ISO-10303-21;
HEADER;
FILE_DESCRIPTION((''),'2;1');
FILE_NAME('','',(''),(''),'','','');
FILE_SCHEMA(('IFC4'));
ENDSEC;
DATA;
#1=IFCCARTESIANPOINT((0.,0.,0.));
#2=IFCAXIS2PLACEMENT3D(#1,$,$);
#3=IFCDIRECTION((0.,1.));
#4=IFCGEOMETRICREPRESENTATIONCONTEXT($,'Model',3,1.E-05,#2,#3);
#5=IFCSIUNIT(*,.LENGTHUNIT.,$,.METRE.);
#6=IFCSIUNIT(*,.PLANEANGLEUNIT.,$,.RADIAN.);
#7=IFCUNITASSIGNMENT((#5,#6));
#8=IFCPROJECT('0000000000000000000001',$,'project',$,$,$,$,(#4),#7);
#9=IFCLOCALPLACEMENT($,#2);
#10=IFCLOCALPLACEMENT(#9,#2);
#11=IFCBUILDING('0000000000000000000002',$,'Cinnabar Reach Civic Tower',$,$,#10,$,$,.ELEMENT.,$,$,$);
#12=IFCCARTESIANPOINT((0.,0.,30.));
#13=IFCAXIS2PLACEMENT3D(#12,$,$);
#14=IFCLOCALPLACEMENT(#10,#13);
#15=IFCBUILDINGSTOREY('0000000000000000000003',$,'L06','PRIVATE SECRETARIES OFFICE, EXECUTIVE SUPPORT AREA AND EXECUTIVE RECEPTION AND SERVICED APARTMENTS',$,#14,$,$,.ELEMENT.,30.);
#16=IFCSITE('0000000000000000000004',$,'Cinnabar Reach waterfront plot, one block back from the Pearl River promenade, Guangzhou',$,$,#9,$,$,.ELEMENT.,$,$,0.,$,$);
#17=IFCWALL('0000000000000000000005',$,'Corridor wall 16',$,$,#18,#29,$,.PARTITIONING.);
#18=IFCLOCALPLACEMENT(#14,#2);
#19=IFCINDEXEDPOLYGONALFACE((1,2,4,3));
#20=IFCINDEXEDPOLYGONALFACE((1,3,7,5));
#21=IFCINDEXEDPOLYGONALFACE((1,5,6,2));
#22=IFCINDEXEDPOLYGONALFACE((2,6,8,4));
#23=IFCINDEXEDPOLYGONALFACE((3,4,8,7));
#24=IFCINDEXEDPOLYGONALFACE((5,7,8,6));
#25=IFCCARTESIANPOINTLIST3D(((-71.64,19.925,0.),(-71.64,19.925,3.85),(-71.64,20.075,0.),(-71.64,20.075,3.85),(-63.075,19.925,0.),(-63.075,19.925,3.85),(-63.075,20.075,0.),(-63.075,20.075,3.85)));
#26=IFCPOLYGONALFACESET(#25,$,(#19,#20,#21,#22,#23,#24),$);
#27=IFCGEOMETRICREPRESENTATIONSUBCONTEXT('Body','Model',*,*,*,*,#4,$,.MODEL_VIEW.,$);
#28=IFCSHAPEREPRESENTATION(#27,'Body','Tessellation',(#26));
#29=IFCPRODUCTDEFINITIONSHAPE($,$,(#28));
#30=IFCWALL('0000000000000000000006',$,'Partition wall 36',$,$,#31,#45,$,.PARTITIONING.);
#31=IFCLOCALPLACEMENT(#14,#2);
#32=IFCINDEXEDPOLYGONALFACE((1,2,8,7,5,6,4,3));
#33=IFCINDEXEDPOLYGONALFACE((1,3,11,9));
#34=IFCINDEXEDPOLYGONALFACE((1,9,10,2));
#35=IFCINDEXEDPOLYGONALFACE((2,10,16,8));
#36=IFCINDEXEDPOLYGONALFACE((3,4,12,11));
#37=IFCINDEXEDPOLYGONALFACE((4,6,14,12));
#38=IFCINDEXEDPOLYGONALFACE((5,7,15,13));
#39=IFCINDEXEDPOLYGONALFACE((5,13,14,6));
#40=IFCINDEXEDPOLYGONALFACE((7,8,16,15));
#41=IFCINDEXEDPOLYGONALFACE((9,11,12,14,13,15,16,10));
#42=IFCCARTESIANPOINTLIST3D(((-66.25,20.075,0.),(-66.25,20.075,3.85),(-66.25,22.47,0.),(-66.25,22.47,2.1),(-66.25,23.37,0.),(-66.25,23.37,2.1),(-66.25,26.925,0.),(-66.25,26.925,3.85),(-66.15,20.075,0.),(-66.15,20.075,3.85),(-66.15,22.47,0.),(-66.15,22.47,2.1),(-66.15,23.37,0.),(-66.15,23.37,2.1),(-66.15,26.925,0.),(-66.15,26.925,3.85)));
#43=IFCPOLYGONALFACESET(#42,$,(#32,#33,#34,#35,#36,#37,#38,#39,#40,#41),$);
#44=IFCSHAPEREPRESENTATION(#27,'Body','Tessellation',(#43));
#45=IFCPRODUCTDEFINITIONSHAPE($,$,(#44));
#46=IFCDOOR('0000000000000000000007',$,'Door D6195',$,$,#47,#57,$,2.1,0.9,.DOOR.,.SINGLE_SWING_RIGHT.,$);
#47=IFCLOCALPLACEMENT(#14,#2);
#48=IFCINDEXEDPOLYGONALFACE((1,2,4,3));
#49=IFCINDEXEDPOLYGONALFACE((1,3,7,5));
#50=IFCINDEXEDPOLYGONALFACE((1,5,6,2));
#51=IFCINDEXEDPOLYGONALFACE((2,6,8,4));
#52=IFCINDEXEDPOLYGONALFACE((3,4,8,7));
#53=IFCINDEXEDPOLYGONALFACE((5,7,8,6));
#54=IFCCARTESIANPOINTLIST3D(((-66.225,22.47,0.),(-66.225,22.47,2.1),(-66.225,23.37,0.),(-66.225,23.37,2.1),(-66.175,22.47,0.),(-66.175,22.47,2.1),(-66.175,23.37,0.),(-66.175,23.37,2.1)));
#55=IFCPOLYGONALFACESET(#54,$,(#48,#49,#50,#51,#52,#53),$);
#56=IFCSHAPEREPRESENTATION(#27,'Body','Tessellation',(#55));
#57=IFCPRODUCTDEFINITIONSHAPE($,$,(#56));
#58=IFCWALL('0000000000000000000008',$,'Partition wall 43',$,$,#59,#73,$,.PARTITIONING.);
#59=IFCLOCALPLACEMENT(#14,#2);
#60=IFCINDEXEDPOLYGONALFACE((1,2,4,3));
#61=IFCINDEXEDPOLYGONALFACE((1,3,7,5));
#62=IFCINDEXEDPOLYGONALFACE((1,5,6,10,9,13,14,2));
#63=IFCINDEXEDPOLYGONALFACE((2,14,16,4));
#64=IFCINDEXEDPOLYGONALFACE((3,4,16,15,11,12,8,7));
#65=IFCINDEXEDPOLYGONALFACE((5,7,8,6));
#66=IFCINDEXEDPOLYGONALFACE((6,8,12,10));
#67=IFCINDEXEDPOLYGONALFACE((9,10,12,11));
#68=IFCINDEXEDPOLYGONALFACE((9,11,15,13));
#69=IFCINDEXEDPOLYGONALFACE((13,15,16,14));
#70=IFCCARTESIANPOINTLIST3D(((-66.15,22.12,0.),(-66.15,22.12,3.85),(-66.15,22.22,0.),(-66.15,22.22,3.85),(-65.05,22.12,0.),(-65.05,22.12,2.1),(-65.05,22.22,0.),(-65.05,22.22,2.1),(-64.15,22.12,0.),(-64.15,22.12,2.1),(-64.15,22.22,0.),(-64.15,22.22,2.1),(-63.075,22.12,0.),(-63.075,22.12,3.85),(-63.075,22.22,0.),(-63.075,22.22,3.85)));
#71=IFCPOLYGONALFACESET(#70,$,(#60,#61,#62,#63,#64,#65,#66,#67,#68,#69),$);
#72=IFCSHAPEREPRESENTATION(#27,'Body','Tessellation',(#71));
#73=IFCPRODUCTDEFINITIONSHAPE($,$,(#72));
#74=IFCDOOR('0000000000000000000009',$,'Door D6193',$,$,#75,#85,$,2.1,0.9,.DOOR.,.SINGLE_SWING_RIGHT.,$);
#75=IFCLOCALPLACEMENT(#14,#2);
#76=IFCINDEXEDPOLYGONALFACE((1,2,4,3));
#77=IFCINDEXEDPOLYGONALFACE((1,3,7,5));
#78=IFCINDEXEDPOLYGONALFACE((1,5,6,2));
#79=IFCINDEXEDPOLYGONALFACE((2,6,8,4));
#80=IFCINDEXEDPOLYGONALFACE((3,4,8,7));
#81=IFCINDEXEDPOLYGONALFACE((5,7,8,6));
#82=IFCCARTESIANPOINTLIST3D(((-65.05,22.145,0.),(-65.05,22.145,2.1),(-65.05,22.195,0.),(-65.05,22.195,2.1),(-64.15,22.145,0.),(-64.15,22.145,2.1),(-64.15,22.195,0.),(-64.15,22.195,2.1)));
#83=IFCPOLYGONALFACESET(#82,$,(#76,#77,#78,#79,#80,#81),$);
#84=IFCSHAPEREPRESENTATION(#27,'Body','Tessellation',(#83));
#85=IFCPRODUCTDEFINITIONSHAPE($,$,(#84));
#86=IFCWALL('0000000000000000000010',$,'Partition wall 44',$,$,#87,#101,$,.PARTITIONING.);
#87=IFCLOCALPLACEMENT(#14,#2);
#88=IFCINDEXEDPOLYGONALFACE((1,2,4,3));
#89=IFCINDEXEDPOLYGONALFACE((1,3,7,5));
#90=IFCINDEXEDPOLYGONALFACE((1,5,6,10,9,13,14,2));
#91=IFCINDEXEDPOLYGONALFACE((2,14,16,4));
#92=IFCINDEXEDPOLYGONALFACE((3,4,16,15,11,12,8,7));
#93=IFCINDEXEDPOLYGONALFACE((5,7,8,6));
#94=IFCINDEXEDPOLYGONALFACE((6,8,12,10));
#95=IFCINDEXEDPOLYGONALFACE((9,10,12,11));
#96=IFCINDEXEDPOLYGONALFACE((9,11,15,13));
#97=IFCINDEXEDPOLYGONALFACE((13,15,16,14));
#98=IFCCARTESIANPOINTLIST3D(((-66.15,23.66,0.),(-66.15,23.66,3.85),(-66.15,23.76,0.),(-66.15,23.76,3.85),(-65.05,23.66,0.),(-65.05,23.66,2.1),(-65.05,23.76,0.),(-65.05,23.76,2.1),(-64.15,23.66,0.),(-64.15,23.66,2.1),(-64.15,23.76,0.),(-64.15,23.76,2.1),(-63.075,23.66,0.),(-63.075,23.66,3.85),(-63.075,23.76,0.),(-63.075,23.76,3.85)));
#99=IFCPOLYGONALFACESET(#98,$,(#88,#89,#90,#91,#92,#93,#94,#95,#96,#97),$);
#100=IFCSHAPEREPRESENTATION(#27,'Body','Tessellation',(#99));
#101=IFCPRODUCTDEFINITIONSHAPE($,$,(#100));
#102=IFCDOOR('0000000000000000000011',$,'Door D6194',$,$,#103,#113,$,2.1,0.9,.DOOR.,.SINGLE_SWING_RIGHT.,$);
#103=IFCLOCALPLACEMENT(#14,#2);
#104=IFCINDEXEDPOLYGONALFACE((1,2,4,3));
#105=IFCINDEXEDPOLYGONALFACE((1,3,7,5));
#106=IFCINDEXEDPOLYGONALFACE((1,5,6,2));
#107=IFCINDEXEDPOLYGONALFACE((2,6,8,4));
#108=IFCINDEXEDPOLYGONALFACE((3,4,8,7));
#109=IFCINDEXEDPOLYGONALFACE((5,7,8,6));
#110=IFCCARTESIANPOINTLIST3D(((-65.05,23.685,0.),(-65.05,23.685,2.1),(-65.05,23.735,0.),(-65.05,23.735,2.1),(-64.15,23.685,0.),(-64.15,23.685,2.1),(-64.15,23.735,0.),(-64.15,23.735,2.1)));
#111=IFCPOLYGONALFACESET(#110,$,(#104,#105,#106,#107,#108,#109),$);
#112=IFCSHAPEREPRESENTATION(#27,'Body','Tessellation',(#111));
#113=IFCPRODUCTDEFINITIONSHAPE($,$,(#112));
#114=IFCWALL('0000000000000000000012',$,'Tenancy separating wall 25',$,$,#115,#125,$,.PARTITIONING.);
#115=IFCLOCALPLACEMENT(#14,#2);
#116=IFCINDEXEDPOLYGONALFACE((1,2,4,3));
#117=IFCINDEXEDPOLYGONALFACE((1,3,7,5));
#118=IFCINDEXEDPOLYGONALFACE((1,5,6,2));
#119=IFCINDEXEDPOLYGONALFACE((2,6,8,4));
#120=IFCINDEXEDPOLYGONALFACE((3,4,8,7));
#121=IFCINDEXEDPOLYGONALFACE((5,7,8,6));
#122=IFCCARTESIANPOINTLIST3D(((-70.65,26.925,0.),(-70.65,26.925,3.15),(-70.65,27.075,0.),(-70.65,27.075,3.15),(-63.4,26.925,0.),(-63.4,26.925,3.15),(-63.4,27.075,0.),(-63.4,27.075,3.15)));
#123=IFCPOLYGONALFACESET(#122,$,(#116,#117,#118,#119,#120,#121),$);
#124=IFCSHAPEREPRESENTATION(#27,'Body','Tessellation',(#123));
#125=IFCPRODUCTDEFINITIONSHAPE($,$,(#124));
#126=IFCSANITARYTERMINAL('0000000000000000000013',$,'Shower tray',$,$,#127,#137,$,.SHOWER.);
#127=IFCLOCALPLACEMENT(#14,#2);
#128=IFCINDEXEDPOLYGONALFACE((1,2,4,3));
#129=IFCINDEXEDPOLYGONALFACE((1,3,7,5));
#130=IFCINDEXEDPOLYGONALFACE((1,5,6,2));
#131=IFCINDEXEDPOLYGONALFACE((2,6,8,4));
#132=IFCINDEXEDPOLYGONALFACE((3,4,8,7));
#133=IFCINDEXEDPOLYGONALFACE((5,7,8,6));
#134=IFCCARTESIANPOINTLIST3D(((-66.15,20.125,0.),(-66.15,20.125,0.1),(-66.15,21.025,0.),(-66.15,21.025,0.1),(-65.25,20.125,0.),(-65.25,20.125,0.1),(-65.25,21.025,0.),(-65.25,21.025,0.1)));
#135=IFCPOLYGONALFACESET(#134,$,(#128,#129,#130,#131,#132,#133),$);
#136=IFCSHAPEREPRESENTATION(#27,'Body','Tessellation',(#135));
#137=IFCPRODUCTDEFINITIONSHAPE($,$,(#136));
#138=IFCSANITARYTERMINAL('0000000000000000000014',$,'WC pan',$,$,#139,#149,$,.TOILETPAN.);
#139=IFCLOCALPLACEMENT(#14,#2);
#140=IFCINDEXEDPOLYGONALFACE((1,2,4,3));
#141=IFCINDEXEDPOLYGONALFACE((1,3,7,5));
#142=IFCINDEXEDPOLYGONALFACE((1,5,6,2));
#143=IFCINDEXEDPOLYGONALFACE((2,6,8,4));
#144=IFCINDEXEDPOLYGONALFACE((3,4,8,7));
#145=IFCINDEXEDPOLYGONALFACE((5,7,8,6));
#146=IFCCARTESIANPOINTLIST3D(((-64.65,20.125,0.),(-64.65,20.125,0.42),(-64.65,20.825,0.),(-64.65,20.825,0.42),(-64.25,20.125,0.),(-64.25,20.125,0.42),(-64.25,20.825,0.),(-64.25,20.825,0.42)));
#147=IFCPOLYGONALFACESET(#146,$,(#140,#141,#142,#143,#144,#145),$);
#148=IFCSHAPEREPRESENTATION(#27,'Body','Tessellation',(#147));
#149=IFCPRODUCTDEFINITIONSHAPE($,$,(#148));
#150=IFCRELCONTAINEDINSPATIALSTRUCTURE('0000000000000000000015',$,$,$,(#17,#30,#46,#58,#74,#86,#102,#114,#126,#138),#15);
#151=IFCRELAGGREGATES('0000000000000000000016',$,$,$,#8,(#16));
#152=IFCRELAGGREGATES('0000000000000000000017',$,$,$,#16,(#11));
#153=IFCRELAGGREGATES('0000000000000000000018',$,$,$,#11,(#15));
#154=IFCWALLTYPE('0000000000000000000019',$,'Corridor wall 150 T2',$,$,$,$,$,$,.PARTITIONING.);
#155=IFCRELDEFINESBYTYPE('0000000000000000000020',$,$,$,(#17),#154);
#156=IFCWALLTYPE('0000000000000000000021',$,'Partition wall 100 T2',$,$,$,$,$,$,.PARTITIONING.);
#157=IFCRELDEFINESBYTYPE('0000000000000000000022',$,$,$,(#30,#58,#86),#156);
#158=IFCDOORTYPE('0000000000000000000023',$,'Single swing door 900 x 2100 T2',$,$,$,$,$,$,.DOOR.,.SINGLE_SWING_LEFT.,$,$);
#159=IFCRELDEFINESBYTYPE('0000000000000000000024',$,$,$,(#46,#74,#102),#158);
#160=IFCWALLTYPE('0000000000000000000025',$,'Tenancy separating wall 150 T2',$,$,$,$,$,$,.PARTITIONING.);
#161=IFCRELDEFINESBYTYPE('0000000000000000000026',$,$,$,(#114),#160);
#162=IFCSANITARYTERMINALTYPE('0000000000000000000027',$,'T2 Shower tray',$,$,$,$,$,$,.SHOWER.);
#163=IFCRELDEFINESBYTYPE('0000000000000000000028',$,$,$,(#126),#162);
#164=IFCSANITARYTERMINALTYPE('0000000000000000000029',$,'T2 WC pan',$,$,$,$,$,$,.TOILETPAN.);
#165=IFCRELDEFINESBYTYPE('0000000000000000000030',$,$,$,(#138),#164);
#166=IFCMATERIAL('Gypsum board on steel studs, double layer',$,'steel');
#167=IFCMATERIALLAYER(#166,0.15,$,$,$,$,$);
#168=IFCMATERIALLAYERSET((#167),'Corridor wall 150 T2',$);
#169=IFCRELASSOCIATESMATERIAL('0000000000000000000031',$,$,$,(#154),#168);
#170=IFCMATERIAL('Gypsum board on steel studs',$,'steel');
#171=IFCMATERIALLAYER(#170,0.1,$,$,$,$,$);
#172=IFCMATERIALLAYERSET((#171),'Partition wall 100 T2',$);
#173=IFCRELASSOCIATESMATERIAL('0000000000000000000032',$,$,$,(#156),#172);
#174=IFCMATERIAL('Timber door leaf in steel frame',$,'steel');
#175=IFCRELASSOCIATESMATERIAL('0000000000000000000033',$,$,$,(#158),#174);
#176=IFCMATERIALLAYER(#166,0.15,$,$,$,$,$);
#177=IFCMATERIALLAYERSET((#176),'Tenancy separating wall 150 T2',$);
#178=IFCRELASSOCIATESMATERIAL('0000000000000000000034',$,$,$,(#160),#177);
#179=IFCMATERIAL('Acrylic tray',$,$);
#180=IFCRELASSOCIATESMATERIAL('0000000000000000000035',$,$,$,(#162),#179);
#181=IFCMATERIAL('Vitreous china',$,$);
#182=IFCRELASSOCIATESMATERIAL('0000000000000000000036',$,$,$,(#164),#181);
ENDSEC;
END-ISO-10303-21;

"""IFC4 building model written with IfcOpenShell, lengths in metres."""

from ifc_helpers import new_model, si_unit, direction, frame, frame_2d, origin, origin_2d, place, context, subcontext, project, spatial, rectangle, extrude, material, layer, layer_set, type_object, element, fill, save


model = new_model("IFC4")

# Units and contexts
model_context = context("Model", 3, precision=1e-05, world=origin(), true_north=direction((0.0, 1.0)))
body_context = subcontext(model_context, "Body", "Model", "MODEL_VIEW")
ifc_project = project(units=[si_unit("LENGTHUNIT", "METRE"), si_unit("PLANEANGLEUNIT", "RADIAN")], contexts=[model_context])

# Site, building, storey
site_placement = place(None, origin())
site = spatial("IfcSite", under=ifc_project, at=site_placement, Name="Cinnabar Reach waterfront plot, one block back from the Pearl River promenade, Guangzhou", CompositionType="ELEMENT", RefElevation=0.0)
building_placement = place(site_placement, origin())
building = spatial("IfcBuilding", under=site, at=building_placement, Name="Cinnabar Reach Civic Tower", CompositionType="ELEMENT")
storey_placement = place(building_placement, frame((0.0, 0.0, 30.0)))
storey = spatial("IfcBuildingStorey", under=building, at=storey_placement, Name="L06", Description="PRIVATE SECRETARIES OFFICE, EXECUTIVE SUPPORT AREA AND EXECUTIVE RECEPTION AND SERVICED APARTMENTS", CompositionType="ELEMENT", Elevation=30.0)

# Shared definitions
ifc_material_1 = material(Name="Gypsum board on steel studs, double layer", Category="steel")
ifc_layer_1 = layer(ifc_material_1, 0.15)
ifc_layer_set_1 = layer_set([ifc_layer_1], Name="Corridor wall 150 T2")
wall_type_1 = type_object("IfcWallType", Name="Corridor wall 150 T2", PredefinedType="PARTITIONING", material=ifc_layer_set_1)

# Shared definitions
ifc_material_2 = material(Name="Timber door leaf in steel frame", Category="steel")

# Wall
wall_1_placement = place(storey_placement, frame((-71.64, 20.0, 0.0), z_axis=(0.0, 0.0, 1.0), x_axis=(1.0, 0.0, 0.0)))
element("IfcWall", 1, at=wall_1_placement, inside=storey, type_object=wall_type_1, Name="Corridor wall 16", PredefinedType="PARTITIONING", context=body_context, shape_type="SweptSolid", body=[
    extrude(rectangle(XDim=8.565, YDim=0.15, at=frame_2d((4.2825, 0.0))), origin(), (0.0, 0.0, 1.0), 3.85),
])

# Walls, openings, doors
ifc_material_3 = material(Name="Gypsum board on steel studs", Category="steel")
ifc_layer_2 = layer(ifc_material_3, 0.1)
ifc_layer_set_2 = layer_set([ifc_layer_2], Name="Partition wall 100 T2")
wall_type_2 = type_object("IfcWallType", Name="Partition wall 100 T2", PredefinedType="PARTITIONING", material=ifc_layer_set_2)
wall_2_placement = place(storey_placement, frame((-66.2, 20.075, 0.0), z_axis=(0.0, 0.0, 1.0), x_axis=(0.0, 1.0, 0.0)))
wall_2 = element("IfcWall", 2, at=wall_2_placement, inside=storey, type_object=wall_type_2, Name="Partition wall 36", PredefinedType="PARTITIONING", context=body_context, shape_type="SweptSolid", body=[
    extrude(rectangle(XDim=6.85, YDim=0.1, at=frame_2d((3.425, 0.0))), origin(), (0.0, 0.0, 1.0), 3.85),
])
opening_1_placement = place(wall_2_placement, frame((2.395, 0.0, 0.0)))
opening_1 = element("IfcOpeningElement", 3, at=opening_1_placement, cuts=wall_2, PredefinedType="OPENING", context=body_context, shape_type="SweptSolid", body=[
    extrude(rectangle(XDim=0.9, YDim=2.1, at=frame_2d((0.45, 1.05))), frame((0.0, 0.06, 0.0), z_axis=(0.0, -1.0, 0.0), x_axis=(1.0, 0.0, 0.0)), (0.0, 0.0, 1.0), 0.12),
])
door_type_1 = type_object("IfcDoorType", Name="Single swing door 900 x 2100 T2", OperationType="SINGLE_SWING_LEFT", PredefinedType="DOOR", material=ifc_material_2)
door_1_placement = place(opening_1_placement, frame((0.9, 0.0, 0.0), z_axis=(0.0, 0.0, 1.0), x_axis=(-1.0, 0.0, 0.0)))
door_1 = element("IfcDoor", 4, at=door_1_placement, inside=storey, type_object=door_type_1, Name="Door D6195", OperationType="SINGLE_SWING_RIGHT", OverallHeight=2.1, OverallWidth=0.9, PredefinedType="DOOR", context=body_context, shape_type="SweptSolid", body=[
    extrude(rectangle(XDim=0.9, YDim=2.1, at=frame_2d((0.45, 1.05))), frame((0.0, 0.025, 0.0), z_axis=(0.0, -1.0, 0.0), x_axis=(1.0, 0.0, 0.0)), (0.0, 0.0, 1.0), 0.05),
])
fill(opening_1, door_1)
wall_3_placement = place(storey_placement, frame((-66.15, 22.17, 0.0), z_axis=(0.0, 0.0, 1.0), x_axis=(1.0, 0.0, 0.0)))
wall_3 = element("IfcWall", 5, at=wall_3_placement, inside=storey, type_object=wall_type_2, Name="Partition wall 43", PredefinedType="PARTITIONING", context=body_context, shape_type="SweptSolid", body=[
    extrude(rectangle(XDim=3.075, YDim=0.1, at=frame_2d((1.5375, 0.0))), origin(), (0.0, 0.0, 1.0), 3.85),
])
opening_2_placement = place(wall_3_placement, frame((1.1, 0.0, 0.0)))
opening_2 = element("IfcOpeningElement", 6, at=opening_2_placement, cuts=wall_3, PredefinedType="OPENING", context=body_context, shape_type="SweptSolid", body=[
    extrude(rectangle(XDim=0.9, YDim=2.1, at=frame_2d((0.45, 1.05))), frame((0.0, 0.06, 0.0), z_axis=(0.0, -1.0, 0.0), x_axis=(1.0, 0.0, 0.0)), (0.0, 0.0, 1.0), 0.12),
])
door_2_placement = place(opening_2_placement, frame((0.9, 0.0, 0.0), z_axis=(0.0, 0.0, 1.0), x_axis=(-1.0, 0.0, 0.0)))
door_2 = element("IfcDoor", 7, at=door_2_placement, inside=storey, type_object=door_type_1, Name="Door D6193", OperationType="SINGLE_SWING_RIGHT", OverallHeight=2.1, OverallWidth=0.9, PredefinedType="DOOR", context=body_context, shape_type="SweptSolid", body=[
    extrude(rectangle(XDim=0.9, YDim=2.1, at=frame_2d((0.45, 1.05))), frame((0.0, 0.025, 0.0), z_axis=(0.0, -1.0, 0.0), x_axis=(1.0, 0.0, 0.0)), (0.0, 0.0, 1.0), 0.05),
])
fill(opening_2, door_2)
wall_4_placement = place(storey_placement, frame((-66.15, 23.71, 0.0), z_axis=(0.0, 0.0, 1.0), x_axis=(1.0, 0.0, 0.0)))
wall_4 = element("IfcWall", 8, at=wall_4_placement, inside=storey, type_object=wall_type_2, Name="Partition wall 44", PredefinedType="PARTITIONING", context=body_context, shape_type="SweptSolid", body=[
    extrude(rectangle(XDim=3.075, YDim=0.1, at=frame_2d((1.5375, 0.0))), origin(), (0.0, 0.0, 1.0), 3.85),
])
opening_3_placement = place(wall_4_placement, frame((1.1, 0.0, 0.0)))
opening_3 = element("IfcOpeningElement", 9, at=opening_3_placement, cuts=wall_4, PredefinedType="OPENING", context=body_context, shape_type="SweptSolid", body=[
    extrude(rectangle(XDim=0.9, YDim=2.1, at=frame_2d((0.45, 1.05))), frame((0.0, 0.06, 0.0), z_axis=(0.0, -1.0, 0.0), x_axis=(1.0, 0.0, 0.0)), (0.0, 0.0, 1.0), 0.12),
])
door_3_placement = place(opening_3_placement, frame((0.9, 0.0, 0.0), z_axis=(0.0, 0.0, 1.0), x_axis=(-1.0, 0.0, 0.0)))
door_3 = element("IfcDoor", 10, at=door_3_placement, inside=storey, type_object=door_type_1, Name="Door D6194", OperationType="SINGLE_SWING_RIGHT", OverallHeight=2.1, OverallWidth=0.9, PredefinedType="DOOR", context=body_context, shape_type="SweptSolid", body=[
    extrude(rectangle(XDim=0.9, YDim=2.1, at=frame_2d((0.45, 1.05))), frame((0.0, 0.025, 0.0), z_axis=(0.0, -1.0, 0.0), x_axis=(1.0, 0.0, 0.0)), (0.0, 0.0, 1.0), 0.05),
])
fill(opening_3, door_3)

# Wall
ifc_layer_3 = layer(ifc_material_1, 0.15)
ifc_layer_set_3 = layer_set([ifc_layer_3], Name="Tenancy separating wall 150 T2")
wall_type_3 = type_object("IfcWallType", Name="Tenancy separating wall 150 T2", PredefinedType="PARTITIONING", material=ifc_layer_set_3)
wall_5_placement = place(storey_placement, frame((-70.65, 27.0, 0.0), z_axis=(0.0, 0.0, 1.0), x_axis=(1.0, 0.0, 0.0)))
element("IfcWall", 11, at=wall_5_placement, inside=storey, type_object=wall_type_3, Name="Tenancy separating wall 25", PredefinedType="PARTITIONING", context=body_context, shape_type="SweptSolid", body=[
    extrude(rectangle(XDim=7.25, YDim=0.15, at=frame_2d((3.625, 0.0))), origin(), (0.0, 0.0, 1.0), 3.15),
])

# Sanitary terminals
ifc_material_4 = material(Name="Acrylic tray")
sanitary_terminal_type_1 = type_object("IfcSanitaryTerminalType", Name="T2 Shower tray", PredefinedType="SHOWER", material=ifc_material_4)
sanitary_terminal_1_placement = place(storey_placement, frame((-65.7, 20.575, 0.0), z_axis=(0.0, 0.0, 1.0), x_axis=(1.0, 0.0, 0.0)))
element("IfcSanitaryTerminal", 12, at=sanitary_terminal_1_placement, inside=storey, type_object=sanitary_terminal_type_1, Name="Shower tray", PredefinedType="SHOWER", context=body_context, shape_type="SweptSolid", body=[
    extrude(rectangle(XDim=0.9, YDim=0.9, at=origin_2d()), origin(), (0.0, 0.0, 1.0), 0.1),
])
ifc_material_5 = material(Name="Vitreous china")
sanitary_terminal_type_2 = type_object("IfcSanitaryTerminalType", Name="T2 WC pan", PredefinedType="TOILETPAN", material=ifc_material_5)
sanitary_terminal_2_placement = place(storey_placement, frame((-64.45, 20.475, 0.0), z_axis=(0.0, 0.0, 1.0), x_axis=(1.0, 0.0, 0.0)))
element("IfcSanitaryTerminal", 13, at=sanitary_terminal_2_placement, inside=storey, type_object=sanitary_terminal_type_2, Name="WC pan", PredefinedType="TOILETPAN", context=body_context, shape_type="SweptSolid", body=[
    extrude(rectangle(XDim=0.4, YDim=0.7, at=origin_2d()), origin(), (0.0, 0.0, 1.0), 0.42),
])

save(model, "model.ifc")
